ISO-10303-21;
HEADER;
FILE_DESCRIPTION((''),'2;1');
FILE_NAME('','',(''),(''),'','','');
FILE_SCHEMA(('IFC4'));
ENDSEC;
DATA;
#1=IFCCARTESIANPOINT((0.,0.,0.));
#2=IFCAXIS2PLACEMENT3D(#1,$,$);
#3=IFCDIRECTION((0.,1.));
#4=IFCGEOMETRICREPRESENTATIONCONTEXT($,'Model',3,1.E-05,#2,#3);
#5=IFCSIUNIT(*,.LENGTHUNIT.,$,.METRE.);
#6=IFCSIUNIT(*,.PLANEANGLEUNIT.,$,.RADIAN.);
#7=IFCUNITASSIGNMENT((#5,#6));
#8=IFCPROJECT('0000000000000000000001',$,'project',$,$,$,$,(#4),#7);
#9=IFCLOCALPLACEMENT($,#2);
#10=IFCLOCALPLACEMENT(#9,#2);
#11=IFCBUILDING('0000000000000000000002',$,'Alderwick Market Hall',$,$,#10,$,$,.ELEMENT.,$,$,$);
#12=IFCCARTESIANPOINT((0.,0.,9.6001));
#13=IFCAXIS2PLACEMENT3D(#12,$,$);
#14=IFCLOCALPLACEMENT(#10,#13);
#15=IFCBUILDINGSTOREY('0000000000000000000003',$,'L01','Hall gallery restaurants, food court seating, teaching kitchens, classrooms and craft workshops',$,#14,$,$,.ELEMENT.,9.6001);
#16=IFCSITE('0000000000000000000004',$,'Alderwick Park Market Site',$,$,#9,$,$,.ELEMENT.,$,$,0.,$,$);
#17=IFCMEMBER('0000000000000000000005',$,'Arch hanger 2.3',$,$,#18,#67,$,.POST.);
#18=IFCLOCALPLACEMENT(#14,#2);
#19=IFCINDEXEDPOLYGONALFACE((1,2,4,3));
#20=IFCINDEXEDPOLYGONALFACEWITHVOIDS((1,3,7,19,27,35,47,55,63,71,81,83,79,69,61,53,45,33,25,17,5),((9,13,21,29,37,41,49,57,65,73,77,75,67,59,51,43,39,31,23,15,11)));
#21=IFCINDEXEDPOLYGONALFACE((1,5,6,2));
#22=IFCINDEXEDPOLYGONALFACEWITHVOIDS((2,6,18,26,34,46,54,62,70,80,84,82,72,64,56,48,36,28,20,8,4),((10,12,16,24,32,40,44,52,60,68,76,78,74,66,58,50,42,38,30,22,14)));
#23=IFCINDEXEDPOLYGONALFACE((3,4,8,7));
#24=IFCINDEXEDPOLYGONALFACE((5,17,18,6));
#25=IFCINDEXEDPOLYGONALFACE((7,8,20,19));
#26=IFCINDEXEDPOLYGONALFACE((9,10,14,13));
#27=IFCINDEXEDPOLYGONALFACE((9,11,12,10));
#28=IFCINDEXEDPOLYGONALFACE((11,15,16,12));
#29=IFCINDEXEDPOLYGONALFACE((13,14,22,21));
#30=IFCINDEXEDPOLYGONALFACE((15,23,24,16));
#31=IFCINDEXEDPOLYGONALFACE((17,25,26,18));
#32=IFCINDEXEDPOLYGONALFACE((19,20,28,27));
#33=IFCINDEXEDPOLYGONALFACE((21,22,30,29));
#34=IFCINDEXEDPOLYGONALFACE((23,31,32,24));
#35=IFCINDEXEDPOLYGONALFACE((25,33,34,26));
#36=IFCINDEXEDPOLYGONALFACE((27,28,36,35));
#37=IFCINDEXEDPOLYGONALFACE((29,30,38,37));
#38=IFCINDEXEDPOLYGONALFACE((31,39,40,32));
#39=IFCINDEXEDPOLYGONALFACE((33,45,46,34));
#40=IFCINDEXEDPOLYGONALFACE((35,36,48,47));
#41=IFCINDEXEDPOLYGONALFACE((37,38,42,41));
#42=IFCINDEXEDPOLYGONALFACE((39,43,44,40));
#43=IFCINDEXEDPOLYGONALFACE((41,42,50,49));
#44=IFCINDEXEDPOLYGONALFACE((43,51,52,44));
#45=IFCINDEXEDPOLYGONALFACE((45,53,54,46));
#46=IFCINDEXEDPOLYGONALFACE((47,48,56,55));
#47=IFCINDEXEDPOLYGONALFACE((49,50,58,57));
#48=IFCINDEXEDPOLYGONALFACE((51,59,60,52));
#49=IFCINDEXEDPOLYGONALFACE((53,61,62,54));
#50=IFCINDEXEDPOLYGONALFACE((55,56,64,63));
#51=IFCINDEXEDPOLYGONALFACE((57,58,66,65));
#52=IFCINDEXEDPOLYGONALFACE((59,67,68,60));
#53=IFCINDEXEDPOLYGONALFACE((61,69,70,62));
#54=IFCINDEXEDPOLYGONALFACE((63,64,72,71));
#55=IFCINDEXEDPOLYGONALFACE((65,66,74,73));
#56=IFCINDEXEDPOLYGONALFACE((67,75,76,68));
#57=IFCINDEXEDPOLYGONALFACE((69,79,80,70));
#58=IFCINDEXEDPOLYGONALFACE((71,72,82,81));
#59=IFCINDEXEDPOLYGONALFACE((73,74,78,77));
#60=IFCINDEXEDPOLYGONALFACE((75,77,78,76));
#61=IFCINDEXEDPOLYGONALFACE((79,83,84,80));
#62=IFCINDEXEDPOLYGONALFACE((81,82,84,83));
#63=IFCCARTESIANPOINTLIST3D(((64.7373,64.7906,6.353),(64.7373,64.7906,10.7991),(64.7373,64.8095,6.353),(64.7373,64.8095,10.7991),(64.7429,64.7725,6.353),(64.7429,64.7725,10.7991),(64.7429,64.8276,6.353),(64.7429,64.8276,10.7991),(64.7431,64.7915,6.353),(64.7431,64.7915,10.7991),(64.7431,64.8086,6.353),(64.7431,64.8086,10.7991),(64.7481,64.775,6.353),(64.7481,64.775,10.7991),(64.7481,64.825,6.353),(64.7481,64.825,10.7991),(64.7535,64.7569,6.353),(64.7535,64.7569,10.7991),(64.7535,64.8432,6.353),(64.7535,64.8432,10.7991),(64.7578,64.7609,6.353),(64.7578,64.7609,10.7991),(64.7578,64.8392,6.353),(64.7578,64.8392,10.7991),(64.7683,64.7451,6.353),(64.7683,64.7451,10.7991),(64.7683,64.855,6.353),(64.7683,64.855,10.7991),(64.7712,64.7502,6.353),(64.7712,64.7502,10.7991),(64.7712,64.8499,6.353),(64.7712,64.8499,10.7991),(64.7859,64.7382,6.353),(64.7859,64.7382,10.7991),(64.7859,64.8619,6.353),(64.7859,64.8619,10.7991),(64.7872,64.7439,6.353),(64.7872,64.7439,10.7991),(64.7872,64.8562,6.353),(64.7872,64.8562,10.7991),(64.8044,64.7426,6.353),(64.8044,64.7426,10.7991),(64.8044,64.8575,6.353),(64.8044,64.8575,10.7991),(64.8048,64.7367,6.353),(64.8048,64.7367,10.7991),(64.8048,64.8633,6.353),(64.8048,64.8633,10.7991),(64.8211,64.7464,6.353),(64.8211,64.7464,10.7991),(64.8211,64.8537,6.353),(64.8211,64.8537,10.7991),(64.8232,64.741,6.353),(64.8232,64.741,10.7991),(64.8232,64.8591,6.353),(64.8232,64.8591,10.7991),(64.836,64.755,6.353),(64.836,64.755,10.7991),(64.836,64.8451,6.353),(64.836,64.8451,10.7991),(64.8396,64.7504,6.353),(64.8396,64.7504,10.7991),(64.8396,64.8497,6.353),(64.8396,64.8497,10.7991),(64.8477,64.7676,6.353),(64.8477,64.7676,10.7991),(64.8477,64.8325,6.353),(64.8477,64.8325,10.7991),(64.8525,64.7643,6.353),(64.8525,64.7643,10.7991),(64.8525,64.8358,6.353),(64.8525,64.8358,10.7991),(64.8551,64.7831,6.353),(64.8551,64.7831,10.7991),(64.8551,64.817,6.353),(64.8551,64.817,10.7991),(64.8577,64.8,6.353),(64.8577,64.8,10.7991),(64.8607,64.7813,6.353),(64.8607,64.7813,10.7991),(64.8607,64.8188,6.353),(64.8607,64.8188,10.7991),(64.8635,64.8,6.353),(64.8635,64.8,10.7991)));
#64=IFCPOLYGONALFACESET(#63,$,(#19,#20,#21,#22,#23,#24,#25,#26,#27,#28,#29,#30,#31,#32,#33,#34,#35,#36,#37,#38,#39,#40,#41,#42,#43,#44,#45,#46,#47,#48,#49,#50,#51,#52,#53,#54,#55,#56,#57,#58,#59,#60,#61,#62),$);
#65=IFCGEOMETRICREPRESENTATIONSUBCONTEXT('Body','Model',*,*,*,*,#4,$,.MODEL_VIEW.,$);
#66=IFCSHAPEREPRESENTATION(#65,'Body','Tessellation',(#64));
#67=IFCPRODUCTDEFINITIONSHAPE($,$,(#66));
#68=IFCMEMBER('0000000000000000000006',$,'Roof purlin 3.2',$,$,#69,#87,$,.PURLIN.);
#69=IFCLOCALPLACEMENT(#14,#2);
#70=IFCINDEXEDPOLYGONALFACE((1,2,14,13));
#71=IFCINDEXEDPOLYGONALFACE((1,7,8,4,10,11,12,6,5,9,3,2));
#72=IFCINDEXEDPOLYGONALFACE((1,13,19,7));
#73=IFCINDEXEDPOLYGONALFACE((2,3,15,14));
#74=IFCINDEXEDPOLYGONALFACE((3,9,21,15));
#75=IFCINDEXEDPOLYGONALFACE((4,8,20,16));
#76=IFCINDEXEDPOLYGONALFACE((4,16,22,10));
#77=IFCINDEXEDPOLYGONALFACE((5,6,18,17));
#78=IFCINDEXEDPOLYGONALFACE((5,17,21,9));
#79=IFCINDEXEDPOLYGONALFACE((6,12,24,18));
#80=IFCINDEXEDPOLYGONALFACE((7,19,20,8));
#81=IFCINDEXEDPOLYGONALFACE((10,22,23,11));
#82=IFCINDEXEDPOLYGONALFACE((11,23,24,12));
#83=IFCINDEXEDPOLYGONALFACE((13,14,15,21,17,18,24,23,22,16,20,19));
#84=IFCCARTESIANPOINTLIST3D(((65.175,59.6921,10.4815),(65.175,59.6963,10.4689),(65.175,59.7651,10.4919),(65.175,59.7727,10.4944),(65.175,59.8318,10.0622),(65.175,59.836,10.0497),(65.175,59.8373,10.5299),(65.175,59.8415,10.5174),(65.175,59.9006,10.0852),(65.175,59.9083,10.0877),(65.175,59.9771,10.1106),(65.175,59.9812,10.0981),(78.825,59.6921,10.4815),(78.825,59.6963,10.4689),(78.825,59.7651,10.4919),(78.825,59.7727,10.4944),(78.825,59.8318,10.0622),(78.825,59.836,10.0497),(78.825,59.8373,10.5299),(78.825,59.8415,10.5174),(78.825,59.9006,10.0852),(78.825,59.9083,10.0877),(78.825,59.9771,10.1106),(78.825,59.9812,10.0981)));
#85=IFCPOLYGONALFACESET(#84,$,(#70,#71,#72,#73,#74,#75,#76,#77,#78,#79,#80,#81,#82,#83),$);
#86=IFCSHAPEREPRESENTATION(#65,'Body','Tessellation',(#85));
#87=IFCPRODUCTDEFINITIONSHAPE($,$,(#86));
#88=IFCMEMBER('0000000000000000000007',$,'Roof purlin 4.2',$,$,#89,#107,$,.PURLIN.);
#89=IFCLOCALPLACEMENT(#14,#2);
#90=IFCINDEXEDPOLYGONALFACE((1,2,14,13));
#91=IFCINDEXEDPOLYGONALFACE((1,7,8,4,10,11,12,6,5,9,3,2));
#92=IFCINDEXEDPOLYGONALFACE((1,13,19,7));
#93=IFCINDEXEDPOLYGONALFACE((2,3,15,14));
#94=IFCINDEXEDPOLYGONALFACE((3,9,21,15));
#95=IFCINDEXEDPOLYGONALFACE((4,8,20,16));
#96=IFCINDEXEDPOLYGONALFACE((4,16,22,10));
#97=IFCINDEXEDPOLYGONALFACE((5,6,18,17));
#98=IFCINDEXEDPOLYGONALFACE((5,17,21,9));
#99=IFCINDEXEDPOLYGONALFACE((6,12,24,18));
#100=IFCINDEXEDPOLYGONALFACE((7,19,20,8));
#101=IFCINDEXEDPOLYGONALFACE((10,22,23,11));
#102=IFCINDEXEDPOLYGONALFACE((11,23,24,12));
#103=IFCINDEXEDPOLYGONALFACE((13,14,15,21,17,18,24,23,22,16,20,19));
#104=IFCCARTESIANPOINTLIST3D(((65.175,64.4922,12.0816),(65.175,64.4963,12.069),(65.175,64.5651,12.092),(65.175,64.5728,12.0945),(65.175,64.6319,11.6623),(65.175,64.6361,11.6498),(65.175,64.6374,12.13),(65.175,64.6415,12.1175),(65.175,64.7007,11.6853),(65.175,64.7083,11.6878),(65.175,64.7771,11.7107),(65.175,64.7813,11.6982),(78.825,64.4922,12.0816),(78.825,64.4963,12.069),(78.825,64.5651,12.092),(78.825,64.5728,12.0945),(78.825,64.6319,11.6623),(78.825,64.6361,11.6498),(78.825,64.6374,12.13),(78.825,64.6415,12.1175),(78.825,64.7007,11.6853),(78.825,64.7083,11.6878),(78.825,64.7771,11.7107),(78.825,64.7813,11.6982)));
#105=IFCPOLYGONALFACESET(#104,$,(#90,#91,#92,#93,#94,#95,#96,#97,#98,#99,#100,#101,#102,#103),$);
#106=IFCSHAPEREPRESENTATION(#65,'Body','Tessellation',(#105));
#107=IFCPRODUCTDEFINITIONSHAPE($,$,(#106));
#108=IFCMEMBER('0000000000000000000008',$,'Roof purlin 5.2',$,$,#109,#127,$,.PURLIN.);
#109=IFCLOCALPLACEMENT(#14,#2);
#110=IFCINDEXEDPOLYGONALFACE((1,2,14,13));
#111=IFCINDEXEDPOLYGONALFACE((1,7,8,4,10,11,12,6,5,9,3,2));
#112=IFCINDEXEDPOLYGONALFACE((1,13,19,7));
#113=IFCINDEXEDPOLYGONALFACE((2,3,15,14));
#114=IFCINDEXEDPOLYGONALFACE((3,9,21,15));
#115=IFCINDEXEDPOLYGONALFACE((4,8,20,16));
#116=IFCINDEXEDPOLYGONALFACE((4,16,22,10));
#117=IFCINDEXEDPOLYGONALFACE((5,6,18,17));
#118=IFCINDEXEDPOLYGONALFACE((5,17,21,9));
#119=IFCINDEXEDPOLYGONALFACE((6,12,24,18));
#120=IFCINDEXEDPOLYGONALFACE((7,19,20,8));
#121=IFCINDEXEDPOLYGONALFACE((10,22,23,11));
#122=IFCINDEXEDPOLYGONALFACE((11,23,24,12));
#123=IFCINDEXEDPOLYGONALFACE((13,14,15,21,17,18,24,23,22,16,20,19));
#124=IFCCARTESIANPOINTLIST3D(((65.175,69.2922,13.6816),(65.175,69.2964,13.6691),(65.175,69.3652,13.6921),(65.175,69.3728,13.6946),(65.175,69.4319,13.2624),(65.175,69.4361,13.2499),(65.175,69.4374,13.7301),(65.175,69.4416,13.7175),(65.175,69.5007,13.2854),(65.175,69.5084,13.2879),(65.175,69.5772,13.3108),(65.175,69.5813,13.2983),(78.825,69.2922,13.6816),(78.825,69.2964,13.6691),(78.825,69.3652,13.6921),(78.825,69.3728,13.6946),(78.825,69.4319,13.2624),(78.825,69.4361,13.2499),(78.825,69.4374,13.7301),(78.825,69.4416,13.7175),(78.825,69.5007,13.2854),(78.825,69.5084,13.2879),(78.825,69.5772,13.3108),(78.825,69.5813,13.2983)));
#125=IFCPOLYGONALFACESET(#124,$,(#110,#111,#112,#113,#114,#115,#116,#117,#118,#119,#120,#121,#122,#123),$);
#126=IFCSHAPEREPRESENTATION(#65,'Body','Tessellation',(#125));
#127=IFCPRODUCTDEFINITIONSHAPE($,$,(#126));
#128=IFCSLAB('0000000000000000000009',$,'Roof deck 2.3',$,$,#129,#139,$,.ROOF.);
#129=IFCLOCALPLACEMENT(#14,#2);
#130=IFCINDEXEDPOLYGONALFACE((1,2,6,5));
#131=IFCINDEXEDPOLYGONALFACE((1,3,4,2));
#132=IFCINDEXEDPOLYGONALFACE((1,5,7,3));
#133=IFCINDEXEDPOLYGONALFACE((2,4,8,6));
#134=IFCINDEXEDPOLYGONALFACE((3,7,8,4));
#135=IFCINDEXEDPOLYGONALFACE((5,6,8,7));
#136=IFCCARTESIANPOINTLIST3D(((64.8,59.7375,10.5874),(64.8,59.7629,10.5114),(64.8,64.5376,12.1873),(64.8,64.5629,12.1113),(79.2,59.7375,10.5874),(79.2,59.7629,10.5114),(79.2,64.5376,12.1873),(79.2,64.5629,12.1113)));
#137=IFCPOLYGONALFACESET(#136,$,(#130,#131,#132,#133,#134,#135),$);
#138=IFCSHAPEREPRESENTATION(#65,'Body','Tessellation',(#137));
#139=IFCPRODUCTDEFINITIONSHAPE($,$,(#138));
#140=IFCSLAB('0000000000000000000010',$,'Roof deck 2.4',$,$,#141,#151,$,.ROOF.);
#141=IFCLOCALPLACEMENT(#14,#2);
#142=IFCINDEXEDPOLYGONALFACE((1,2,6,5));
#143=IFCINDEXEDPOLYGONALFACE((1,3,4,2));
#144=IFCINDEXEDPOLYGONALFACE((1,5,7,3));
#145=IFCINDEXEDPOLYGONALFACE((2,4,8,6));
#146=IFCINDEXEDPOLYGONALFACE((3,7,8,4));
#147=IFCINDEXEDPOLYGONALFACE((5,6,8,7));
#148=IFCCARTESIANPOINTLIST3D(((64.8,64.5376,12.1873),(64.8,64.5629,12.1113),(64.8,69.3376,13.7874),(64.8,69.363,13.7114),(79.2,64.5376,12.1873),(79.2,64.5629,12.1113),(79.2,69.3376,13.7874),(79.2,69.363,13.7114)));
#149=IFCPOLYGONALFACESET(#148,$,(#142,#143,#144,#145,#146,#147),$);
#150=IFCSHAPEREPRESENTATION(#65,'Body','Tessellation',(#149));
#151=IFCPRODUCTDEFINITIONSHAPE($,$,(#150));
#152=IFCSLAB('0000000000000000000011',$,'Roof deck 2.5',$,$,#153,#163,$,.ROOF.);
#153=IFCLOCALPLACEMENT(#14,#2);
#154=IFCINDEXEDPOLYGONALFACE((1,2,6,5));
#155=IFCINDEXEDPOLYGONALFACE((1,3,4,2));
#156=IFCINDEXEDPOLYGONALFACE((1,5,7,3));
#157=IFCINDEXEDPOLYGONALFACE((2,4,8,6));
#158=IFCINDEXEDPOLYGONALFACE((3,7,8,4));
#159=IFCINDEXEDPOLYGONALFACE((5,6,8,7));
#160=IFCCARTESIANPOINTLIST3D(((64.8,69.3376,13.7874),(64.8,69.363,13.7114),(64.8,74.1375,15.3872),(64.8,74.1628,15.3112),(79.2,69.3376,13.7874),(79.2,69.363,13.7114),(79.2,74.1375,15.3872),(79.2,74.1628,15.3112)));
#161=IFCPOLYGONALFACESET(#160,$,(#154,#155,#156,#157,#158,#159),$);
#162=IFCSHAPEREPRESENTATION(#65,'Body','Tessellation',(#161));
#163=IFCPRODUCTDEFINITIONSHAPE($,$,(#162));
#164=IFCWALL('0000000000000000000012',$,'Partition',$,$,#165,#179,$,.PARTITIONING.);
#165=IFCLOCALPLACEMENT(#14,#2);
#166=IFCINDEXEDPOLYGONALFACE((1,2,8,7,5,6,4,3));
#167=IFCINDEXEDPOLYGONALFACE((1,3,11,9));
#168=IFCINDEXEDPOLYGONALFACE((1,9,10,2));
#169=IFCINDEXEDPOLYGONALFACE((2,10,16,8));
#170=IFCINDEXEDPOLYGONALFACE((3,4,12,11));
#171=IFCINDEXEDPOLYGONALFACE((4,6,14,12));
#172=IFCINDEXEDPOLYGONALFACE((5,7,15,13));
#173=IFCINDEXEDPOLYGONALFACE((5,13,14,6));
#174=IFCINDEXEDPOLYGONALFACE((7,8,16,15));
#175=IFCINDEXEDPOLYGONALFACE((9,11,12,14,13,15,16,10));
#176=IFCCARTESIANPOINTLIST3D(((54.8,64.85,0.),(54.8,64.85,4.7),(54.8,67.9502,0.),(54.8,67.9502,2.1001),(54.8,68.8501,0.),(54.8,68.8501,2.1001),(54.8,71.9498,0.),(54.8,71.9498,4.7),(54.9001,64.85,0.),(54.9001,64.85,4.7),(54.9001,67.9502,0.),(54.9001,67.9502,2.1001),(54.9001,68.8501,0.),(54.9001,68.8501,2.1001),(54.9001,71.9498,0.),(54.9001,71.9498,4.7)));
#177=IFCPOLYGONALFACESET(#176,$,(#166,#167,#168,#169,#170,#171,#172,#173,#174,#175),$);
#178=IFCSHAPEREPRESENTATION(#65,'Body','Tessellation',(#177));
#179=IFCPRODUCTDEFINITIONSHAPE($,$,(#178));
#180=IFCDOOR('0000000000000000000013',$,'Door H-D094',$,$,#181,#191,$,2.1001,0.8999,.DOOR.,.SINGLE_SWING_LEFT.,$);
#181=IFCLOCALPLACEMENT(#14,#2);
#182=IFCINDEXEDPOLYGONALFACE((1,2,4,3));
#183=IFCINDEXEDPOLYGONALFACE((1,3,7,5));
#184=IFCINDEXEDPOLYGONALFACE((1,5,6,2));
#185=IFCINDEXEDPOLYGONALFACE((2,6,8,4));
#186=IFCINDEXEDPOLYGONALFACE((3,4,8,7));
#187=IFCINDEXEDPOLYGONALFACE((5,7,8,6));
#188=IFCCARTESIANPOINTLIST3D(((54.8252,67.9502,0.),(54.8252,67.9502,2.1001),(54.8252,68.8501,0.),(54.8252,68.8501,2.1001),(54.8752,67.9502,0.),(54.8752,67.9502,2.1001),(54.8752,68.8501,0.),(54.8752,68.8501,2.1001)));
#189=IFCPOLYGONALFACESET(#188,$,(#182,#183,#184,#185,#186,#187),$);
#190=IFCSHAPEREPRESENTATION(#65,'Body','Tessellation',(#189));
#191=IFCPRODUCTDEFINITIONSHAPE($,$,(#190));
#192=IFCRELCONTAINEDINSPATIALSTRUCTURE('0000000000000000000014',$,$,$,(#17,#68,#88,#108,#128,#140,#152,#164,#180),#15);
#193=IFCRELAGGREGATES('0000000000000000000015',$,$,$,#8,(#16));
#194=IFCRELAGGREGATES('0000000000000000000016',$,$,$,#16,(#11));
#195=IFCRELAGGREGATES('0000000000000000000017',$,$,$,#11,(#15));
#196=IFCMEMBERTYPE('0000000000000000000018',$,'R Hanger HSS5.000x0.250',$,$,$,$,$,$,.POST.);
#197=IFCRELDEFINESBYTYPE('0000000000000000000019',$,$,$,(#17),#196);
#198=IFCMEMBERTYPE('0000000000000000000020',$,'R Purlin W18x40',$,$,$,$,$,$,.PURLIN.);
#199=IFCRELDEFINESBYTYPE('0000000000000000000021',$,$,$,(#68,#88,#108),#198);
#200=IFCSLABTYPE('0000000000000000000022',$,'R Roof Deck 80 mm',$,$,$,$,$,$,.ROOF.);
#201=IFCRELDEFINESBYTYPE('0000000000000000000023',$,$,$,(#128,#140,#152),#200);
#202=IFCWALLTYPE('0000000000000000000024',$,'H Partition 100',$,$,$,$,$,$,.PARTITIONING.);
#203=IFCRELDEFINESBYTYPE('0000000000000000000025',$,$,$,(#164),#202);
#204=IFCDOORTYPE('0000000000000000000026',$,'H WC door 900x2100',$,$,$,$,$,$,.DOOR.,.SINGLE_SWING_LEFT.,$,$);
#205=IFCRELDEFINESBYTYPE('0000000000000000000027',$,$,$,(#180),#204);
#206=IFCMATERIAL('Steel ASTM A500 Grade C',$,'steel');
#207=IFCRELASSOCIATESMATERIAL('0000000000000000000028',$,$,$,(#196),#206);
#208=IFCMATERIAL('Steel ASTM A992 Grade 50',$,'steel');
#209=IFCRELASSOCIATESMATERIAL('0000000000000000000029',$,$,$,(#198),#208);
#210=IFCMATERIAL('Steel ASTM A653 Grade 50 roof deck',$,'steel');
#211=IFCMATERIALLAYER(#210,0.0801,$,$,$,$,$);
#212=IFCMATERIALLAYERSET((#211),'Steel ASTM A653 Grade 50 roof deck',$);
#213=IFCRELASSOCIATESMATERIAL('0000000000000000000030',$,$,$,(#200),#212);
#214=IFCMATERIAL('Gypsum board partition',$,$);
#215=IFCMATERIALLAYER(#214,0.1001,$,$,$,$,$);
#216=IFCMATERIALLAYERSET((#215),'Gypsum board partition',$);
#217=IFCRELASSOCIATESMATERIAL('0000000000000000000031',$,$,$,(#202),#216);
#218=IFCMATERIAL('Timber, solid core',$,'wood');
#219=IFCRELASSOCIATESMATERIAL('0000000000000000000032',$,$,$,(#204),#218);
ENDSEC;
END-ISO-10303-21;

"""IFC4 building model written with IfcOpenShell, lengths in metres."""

from ifc_helpers import new_model, si_unit, direction, frame, frame_2d, origin, origin_2d, place, context, subcontext, project, spatial, polyline, rectangle, hollow_circle, i_section, outline, extrude, material, layer, layer_set, material_profile, profile_set, type_object, element, fill, save


model = new_model("IFC4")

# Units and contexts
model_context = context("Model", 3, precision=1e-05, world=origin(), true_north=direction((0.0, 1.0)))
body_context = subcontext(model_context, "Body", "Model", "MODEL_VIEW")
ifc_project = project(units=[si_unit("LENGTHUNIT", "METRE"), si_unit("PLANEANGLEUNIT", "RADIAN")], contexts=[model_context])

# Site, building, storey
site_placement = place(None, origin())
site = spatial("IfcSite", under=ifc_project, at=site_placement, Name="Alderwick Park Market Site", CompositionType="ELEMENT", RefElevation=0.0)
building_placement = place(site_placement, origin())
building = spatial("IfcBuilding", under=site, at=building_placement, Name="Alderwick Market Hall", CompositionType="ELEMENT")
storey_placement = place(building_placement, frame((0.0, 0.0, 9.6001)))
storey = spatial("IfcBuildingStorey", under=building, at=storey_placement, Name="L01", Description="Hall gallery restaurants, food court seating, teaching kitchens, classrooms and craft workshops", CompositionType="ELEMENT", Elevation=9.6001)

# Members
ifc_material_1 = material(Name="Steel ASTM A500 Grade C", Category="steel")
ifc_material_profile_1 = material_profile(ifc_material_1, hollow_circle(Radius=0.0635, WallThickness=0.0059, at=origin_2d()), Name="HSS5.000x0.250")
ifc_profile_set_1 = profile_set([ifc_material_profile_1], Name="Steel ASTM A500 Grade C")
member_type_1 = type_object("IfcMemberType", Name="R Hanger HSS5.000x0.250", PredefinedType="POST", material=ifc_profile_set_1)
member_1_placement = place(storey_placement, frame((64.8, 64.8, 6.353), z_axis=(0.0, 0.0, 1.0), x_axis=(1.0, 0.0, 0.0)))
element("IfcMember", 1, at=member_1_placement, inside=storey, type_object=member_type_1, Name="Arch hanger 2.3", PredefinedType="POST", context=body_context, shape_type="SweptSolid", body=[
    extrude(hollow_circle(Radius=0.0635, WallThickness=0.0059, at=origin_2d()), origin(), (0.0, 0.0, 1.0), 4.446),
])
ifc_material_2 = material(Name="Steel ASTM A992 Grade 50", Category="steel")
ifc_material_profile_2 = material_profile(ifc_material_2, i_section(OverallWidth=0.1531, OverallDepth=0.4551, WebThickness=0.0081, FlangeThickness=0.0132, at=origin_2d()), Name="W18x40")
ifc_profile_set_2 = profile_set([ifc_material_profile_2], Name="Steel ASTM A992 Grade 50")
member_type_2 = type_object("IfcMemberType", Name="R Purlin W18x40", PredefinedType="PURLIN", material=ifc_profile_set_2)
for number, where, z_axis, x_axis, name in (
    (2, (65.175, 59.8367, 10.2898), (1.0, 0.0, 0.0), (0.0, 0.948683, 0.316228), "Roof purlin 3.2"),
    (3, (65.175, 64.6367, 11.8899), (1.0, 0.0, 0.0), (0.0, 0.948683, 0.316228), "Roof purlin 4.2"),
    (4, (65.175, 69.4368, 13.49), (1.0, 0.0, 0.0), (0.0, 0.948683, 0.316228), "Roof purlin 5.2"),
):
    element("IfcMember", number, at=place(storey_placement, frame(where, z_axis=z_axis, x_axis=x_axis)), inside=storey, type_object=member_type_2, Name=name, PredefinedType="PURLIN", context=body_context, shape_type="SweptSolid", body=[
        extrude(i_section(OverallWidth=0.1531, OverallDepth=0.4551, WebThickness=0.0081, FlangeThickness=0.0132, at=origin_2d()), origin(), (0.0, 0.0, 1.0), 13.6499),
    ])

# Slabs
ifc_material_3 = material(Name="Steel ASTM A653 Grade 50 roof deck", Category="steel")
ifc_layer_1 = layer(ifc_material_3, 0.0801)
ifc_layer_set_1 = layer_set([ifc_layer_1], Name="Steel ASTM A653 Grade 50 roof deck")
slab_type = type_object("IfcSlabType", Name="R Roof Deck 80 mm", PredefinedType="ROOF", material=ifc_layer_set_1)
slab_1_placement = place(storey_placement, frame((64.8, 59.7375, 10.5874), z_axis=(0.0, -0.316199, 0.948693), x_axis=(1.0, 0.0, 0.0)))
element("IfcSlab", 5, at=slab_1_placement, inside=storey, type_object=slab_type, Name="Roof deck 2.3", PredefinedType="ROOF", context=body_context, shape_type="SweptSolid", body=[
    extrude(outline(polyline([(0.0, 0.0), (14.3999, 0.0), (14.3999, 5.0596), (0.0, 5.0596), (0.0, 0.0)])), origin(), (0.0, 0.0, -1.0), 0.0801),
])
slab_2_placement = place(storey_placement, frame((64.8, 64.5376, 12.1873), z_axis=(0.0, -0.316242, 0.948678), x_axis=(1.0, 0.0, 0.0)))
element("IfcSlab", 6, at=slab_2_placement, inside=storey, type_object=slab_type, Name="Roof deck 2.4", PredefinedType="ROOF", context=body_context, shape_type="SweptSolid", body=[
    extrude(outline(polyline([(0.0, 0.0), (14.3999, 0.0), (14.3999, 5.0597), (0.0, 5.0597), (0.0, 0.0)])), origin(), (0.0, 0.0, -1.0), 0.0801),
])
slab_3_placement = place(storey_placement, frame((64.8, 69.3376, 13.7874), z_axis=(0.0, -0.316213, 0.948688), x_axis=(1.0, 0.0, 0.0)))
element("IfcSlab", 7, at=slab_3_placement, inside=storey, type_object=slab_type, Name="Roof deck 2.5", PredefinedType="ROOF", context=body_context, shape_type="SweptSolid", body=[
    extrude(outline(polyline([(0.0, 0.0), (14.3999, 0.0), (14.3999, 5.0594), (0.0, 5.0594), (0.0, 0.0)])), origin(), (0.0, 0.0, -1.0), 0.0801),
])

# Wall, opening, door
ifc_material_4 = material(Name="Gypsum board partition")
ifc_layer_2 = layer(ifc_material_4, 0.1001)
ifc_layer_set_2 = layer_set([ifc_layer_2], Name="Gypsum board partition")
wall_type = type_object("IfcWallType", Name="H Partition 100", PredefinedType="PARTITIONING", material=ifc_layer_set_2)
wall_placement = place(storey_placement, frame((54.8501, 64.8501, 0.0), z_axis=(0.0, 0.0, 1.0), x_axis=(0.0, 1.0, 0.0)))
wall = element("IfcWall", 8, at=wall_placement, inside=storey, type_object=wall_type, Name="Partition", PredefinedType="PARTITIONING", context=body_context, shape_type="SweptSolid", body=[
    extrude(rectangle(XDim=7.0999, YDim=0.1001, at=frame_2d((3.5498, 0.0))), origin(), (0.0, 0.0, 1.0), 4.7),
])
opening_placement = place(wall_placement, frame((3.1001, 0.0, 0.0)))
opening = element("IfcOpeningElement", 9, at=opening_placement, cuts=wall, PredefinedType="OPENING", context=body_context, shape_type="SweptSolid", body=[
    extrude(rectangle(XDim=0.8999, YDim=2.1001, at=frame_2d((0.45, 1.05))), frame((0.0, 0.0601, 0.0), z_axis=(0.0, -1.0, 0.0), x_axis=(1.0, 0.0, 0.0)), (0.0, 0.0, 1.0), 0.1201),
])
ifc_material_5 = material(Name="Timber, solid core", Category="wood")
door_type = type_object("IfcDoorType", Name="H WC door 900x2100", OperationType="SINGLE_SWING_LEFT", PredefinedType="DOOR", material=ifc_material_5)
door_placement = place(opening_placement, origin())
door = element("IfcDoor", 10, at=door_placement, inside=storey, type_object=door_type, Name="Door H-D094", OperationType="SINGLE_SWING_LEFT", OverallHeight=2.1001, OverallWidth=0.8999, PredefinedType="DOOR", context=body_context, shape_type="SweptSolid", body=[
    extrude(rectangle(XDim=0.8999, YDim=2.1001, at=frame_2d((0.45, 1.05))), frame((0.0, 0.0249, 0.0), z_axis=(0.0, -1.0, 0.0), x_axis=(1.0, 0.0, 0.0)), (0.0, 0.0, 1.0), 0.05),
])
fill(opening, door)

save(model, "model.ifc")
